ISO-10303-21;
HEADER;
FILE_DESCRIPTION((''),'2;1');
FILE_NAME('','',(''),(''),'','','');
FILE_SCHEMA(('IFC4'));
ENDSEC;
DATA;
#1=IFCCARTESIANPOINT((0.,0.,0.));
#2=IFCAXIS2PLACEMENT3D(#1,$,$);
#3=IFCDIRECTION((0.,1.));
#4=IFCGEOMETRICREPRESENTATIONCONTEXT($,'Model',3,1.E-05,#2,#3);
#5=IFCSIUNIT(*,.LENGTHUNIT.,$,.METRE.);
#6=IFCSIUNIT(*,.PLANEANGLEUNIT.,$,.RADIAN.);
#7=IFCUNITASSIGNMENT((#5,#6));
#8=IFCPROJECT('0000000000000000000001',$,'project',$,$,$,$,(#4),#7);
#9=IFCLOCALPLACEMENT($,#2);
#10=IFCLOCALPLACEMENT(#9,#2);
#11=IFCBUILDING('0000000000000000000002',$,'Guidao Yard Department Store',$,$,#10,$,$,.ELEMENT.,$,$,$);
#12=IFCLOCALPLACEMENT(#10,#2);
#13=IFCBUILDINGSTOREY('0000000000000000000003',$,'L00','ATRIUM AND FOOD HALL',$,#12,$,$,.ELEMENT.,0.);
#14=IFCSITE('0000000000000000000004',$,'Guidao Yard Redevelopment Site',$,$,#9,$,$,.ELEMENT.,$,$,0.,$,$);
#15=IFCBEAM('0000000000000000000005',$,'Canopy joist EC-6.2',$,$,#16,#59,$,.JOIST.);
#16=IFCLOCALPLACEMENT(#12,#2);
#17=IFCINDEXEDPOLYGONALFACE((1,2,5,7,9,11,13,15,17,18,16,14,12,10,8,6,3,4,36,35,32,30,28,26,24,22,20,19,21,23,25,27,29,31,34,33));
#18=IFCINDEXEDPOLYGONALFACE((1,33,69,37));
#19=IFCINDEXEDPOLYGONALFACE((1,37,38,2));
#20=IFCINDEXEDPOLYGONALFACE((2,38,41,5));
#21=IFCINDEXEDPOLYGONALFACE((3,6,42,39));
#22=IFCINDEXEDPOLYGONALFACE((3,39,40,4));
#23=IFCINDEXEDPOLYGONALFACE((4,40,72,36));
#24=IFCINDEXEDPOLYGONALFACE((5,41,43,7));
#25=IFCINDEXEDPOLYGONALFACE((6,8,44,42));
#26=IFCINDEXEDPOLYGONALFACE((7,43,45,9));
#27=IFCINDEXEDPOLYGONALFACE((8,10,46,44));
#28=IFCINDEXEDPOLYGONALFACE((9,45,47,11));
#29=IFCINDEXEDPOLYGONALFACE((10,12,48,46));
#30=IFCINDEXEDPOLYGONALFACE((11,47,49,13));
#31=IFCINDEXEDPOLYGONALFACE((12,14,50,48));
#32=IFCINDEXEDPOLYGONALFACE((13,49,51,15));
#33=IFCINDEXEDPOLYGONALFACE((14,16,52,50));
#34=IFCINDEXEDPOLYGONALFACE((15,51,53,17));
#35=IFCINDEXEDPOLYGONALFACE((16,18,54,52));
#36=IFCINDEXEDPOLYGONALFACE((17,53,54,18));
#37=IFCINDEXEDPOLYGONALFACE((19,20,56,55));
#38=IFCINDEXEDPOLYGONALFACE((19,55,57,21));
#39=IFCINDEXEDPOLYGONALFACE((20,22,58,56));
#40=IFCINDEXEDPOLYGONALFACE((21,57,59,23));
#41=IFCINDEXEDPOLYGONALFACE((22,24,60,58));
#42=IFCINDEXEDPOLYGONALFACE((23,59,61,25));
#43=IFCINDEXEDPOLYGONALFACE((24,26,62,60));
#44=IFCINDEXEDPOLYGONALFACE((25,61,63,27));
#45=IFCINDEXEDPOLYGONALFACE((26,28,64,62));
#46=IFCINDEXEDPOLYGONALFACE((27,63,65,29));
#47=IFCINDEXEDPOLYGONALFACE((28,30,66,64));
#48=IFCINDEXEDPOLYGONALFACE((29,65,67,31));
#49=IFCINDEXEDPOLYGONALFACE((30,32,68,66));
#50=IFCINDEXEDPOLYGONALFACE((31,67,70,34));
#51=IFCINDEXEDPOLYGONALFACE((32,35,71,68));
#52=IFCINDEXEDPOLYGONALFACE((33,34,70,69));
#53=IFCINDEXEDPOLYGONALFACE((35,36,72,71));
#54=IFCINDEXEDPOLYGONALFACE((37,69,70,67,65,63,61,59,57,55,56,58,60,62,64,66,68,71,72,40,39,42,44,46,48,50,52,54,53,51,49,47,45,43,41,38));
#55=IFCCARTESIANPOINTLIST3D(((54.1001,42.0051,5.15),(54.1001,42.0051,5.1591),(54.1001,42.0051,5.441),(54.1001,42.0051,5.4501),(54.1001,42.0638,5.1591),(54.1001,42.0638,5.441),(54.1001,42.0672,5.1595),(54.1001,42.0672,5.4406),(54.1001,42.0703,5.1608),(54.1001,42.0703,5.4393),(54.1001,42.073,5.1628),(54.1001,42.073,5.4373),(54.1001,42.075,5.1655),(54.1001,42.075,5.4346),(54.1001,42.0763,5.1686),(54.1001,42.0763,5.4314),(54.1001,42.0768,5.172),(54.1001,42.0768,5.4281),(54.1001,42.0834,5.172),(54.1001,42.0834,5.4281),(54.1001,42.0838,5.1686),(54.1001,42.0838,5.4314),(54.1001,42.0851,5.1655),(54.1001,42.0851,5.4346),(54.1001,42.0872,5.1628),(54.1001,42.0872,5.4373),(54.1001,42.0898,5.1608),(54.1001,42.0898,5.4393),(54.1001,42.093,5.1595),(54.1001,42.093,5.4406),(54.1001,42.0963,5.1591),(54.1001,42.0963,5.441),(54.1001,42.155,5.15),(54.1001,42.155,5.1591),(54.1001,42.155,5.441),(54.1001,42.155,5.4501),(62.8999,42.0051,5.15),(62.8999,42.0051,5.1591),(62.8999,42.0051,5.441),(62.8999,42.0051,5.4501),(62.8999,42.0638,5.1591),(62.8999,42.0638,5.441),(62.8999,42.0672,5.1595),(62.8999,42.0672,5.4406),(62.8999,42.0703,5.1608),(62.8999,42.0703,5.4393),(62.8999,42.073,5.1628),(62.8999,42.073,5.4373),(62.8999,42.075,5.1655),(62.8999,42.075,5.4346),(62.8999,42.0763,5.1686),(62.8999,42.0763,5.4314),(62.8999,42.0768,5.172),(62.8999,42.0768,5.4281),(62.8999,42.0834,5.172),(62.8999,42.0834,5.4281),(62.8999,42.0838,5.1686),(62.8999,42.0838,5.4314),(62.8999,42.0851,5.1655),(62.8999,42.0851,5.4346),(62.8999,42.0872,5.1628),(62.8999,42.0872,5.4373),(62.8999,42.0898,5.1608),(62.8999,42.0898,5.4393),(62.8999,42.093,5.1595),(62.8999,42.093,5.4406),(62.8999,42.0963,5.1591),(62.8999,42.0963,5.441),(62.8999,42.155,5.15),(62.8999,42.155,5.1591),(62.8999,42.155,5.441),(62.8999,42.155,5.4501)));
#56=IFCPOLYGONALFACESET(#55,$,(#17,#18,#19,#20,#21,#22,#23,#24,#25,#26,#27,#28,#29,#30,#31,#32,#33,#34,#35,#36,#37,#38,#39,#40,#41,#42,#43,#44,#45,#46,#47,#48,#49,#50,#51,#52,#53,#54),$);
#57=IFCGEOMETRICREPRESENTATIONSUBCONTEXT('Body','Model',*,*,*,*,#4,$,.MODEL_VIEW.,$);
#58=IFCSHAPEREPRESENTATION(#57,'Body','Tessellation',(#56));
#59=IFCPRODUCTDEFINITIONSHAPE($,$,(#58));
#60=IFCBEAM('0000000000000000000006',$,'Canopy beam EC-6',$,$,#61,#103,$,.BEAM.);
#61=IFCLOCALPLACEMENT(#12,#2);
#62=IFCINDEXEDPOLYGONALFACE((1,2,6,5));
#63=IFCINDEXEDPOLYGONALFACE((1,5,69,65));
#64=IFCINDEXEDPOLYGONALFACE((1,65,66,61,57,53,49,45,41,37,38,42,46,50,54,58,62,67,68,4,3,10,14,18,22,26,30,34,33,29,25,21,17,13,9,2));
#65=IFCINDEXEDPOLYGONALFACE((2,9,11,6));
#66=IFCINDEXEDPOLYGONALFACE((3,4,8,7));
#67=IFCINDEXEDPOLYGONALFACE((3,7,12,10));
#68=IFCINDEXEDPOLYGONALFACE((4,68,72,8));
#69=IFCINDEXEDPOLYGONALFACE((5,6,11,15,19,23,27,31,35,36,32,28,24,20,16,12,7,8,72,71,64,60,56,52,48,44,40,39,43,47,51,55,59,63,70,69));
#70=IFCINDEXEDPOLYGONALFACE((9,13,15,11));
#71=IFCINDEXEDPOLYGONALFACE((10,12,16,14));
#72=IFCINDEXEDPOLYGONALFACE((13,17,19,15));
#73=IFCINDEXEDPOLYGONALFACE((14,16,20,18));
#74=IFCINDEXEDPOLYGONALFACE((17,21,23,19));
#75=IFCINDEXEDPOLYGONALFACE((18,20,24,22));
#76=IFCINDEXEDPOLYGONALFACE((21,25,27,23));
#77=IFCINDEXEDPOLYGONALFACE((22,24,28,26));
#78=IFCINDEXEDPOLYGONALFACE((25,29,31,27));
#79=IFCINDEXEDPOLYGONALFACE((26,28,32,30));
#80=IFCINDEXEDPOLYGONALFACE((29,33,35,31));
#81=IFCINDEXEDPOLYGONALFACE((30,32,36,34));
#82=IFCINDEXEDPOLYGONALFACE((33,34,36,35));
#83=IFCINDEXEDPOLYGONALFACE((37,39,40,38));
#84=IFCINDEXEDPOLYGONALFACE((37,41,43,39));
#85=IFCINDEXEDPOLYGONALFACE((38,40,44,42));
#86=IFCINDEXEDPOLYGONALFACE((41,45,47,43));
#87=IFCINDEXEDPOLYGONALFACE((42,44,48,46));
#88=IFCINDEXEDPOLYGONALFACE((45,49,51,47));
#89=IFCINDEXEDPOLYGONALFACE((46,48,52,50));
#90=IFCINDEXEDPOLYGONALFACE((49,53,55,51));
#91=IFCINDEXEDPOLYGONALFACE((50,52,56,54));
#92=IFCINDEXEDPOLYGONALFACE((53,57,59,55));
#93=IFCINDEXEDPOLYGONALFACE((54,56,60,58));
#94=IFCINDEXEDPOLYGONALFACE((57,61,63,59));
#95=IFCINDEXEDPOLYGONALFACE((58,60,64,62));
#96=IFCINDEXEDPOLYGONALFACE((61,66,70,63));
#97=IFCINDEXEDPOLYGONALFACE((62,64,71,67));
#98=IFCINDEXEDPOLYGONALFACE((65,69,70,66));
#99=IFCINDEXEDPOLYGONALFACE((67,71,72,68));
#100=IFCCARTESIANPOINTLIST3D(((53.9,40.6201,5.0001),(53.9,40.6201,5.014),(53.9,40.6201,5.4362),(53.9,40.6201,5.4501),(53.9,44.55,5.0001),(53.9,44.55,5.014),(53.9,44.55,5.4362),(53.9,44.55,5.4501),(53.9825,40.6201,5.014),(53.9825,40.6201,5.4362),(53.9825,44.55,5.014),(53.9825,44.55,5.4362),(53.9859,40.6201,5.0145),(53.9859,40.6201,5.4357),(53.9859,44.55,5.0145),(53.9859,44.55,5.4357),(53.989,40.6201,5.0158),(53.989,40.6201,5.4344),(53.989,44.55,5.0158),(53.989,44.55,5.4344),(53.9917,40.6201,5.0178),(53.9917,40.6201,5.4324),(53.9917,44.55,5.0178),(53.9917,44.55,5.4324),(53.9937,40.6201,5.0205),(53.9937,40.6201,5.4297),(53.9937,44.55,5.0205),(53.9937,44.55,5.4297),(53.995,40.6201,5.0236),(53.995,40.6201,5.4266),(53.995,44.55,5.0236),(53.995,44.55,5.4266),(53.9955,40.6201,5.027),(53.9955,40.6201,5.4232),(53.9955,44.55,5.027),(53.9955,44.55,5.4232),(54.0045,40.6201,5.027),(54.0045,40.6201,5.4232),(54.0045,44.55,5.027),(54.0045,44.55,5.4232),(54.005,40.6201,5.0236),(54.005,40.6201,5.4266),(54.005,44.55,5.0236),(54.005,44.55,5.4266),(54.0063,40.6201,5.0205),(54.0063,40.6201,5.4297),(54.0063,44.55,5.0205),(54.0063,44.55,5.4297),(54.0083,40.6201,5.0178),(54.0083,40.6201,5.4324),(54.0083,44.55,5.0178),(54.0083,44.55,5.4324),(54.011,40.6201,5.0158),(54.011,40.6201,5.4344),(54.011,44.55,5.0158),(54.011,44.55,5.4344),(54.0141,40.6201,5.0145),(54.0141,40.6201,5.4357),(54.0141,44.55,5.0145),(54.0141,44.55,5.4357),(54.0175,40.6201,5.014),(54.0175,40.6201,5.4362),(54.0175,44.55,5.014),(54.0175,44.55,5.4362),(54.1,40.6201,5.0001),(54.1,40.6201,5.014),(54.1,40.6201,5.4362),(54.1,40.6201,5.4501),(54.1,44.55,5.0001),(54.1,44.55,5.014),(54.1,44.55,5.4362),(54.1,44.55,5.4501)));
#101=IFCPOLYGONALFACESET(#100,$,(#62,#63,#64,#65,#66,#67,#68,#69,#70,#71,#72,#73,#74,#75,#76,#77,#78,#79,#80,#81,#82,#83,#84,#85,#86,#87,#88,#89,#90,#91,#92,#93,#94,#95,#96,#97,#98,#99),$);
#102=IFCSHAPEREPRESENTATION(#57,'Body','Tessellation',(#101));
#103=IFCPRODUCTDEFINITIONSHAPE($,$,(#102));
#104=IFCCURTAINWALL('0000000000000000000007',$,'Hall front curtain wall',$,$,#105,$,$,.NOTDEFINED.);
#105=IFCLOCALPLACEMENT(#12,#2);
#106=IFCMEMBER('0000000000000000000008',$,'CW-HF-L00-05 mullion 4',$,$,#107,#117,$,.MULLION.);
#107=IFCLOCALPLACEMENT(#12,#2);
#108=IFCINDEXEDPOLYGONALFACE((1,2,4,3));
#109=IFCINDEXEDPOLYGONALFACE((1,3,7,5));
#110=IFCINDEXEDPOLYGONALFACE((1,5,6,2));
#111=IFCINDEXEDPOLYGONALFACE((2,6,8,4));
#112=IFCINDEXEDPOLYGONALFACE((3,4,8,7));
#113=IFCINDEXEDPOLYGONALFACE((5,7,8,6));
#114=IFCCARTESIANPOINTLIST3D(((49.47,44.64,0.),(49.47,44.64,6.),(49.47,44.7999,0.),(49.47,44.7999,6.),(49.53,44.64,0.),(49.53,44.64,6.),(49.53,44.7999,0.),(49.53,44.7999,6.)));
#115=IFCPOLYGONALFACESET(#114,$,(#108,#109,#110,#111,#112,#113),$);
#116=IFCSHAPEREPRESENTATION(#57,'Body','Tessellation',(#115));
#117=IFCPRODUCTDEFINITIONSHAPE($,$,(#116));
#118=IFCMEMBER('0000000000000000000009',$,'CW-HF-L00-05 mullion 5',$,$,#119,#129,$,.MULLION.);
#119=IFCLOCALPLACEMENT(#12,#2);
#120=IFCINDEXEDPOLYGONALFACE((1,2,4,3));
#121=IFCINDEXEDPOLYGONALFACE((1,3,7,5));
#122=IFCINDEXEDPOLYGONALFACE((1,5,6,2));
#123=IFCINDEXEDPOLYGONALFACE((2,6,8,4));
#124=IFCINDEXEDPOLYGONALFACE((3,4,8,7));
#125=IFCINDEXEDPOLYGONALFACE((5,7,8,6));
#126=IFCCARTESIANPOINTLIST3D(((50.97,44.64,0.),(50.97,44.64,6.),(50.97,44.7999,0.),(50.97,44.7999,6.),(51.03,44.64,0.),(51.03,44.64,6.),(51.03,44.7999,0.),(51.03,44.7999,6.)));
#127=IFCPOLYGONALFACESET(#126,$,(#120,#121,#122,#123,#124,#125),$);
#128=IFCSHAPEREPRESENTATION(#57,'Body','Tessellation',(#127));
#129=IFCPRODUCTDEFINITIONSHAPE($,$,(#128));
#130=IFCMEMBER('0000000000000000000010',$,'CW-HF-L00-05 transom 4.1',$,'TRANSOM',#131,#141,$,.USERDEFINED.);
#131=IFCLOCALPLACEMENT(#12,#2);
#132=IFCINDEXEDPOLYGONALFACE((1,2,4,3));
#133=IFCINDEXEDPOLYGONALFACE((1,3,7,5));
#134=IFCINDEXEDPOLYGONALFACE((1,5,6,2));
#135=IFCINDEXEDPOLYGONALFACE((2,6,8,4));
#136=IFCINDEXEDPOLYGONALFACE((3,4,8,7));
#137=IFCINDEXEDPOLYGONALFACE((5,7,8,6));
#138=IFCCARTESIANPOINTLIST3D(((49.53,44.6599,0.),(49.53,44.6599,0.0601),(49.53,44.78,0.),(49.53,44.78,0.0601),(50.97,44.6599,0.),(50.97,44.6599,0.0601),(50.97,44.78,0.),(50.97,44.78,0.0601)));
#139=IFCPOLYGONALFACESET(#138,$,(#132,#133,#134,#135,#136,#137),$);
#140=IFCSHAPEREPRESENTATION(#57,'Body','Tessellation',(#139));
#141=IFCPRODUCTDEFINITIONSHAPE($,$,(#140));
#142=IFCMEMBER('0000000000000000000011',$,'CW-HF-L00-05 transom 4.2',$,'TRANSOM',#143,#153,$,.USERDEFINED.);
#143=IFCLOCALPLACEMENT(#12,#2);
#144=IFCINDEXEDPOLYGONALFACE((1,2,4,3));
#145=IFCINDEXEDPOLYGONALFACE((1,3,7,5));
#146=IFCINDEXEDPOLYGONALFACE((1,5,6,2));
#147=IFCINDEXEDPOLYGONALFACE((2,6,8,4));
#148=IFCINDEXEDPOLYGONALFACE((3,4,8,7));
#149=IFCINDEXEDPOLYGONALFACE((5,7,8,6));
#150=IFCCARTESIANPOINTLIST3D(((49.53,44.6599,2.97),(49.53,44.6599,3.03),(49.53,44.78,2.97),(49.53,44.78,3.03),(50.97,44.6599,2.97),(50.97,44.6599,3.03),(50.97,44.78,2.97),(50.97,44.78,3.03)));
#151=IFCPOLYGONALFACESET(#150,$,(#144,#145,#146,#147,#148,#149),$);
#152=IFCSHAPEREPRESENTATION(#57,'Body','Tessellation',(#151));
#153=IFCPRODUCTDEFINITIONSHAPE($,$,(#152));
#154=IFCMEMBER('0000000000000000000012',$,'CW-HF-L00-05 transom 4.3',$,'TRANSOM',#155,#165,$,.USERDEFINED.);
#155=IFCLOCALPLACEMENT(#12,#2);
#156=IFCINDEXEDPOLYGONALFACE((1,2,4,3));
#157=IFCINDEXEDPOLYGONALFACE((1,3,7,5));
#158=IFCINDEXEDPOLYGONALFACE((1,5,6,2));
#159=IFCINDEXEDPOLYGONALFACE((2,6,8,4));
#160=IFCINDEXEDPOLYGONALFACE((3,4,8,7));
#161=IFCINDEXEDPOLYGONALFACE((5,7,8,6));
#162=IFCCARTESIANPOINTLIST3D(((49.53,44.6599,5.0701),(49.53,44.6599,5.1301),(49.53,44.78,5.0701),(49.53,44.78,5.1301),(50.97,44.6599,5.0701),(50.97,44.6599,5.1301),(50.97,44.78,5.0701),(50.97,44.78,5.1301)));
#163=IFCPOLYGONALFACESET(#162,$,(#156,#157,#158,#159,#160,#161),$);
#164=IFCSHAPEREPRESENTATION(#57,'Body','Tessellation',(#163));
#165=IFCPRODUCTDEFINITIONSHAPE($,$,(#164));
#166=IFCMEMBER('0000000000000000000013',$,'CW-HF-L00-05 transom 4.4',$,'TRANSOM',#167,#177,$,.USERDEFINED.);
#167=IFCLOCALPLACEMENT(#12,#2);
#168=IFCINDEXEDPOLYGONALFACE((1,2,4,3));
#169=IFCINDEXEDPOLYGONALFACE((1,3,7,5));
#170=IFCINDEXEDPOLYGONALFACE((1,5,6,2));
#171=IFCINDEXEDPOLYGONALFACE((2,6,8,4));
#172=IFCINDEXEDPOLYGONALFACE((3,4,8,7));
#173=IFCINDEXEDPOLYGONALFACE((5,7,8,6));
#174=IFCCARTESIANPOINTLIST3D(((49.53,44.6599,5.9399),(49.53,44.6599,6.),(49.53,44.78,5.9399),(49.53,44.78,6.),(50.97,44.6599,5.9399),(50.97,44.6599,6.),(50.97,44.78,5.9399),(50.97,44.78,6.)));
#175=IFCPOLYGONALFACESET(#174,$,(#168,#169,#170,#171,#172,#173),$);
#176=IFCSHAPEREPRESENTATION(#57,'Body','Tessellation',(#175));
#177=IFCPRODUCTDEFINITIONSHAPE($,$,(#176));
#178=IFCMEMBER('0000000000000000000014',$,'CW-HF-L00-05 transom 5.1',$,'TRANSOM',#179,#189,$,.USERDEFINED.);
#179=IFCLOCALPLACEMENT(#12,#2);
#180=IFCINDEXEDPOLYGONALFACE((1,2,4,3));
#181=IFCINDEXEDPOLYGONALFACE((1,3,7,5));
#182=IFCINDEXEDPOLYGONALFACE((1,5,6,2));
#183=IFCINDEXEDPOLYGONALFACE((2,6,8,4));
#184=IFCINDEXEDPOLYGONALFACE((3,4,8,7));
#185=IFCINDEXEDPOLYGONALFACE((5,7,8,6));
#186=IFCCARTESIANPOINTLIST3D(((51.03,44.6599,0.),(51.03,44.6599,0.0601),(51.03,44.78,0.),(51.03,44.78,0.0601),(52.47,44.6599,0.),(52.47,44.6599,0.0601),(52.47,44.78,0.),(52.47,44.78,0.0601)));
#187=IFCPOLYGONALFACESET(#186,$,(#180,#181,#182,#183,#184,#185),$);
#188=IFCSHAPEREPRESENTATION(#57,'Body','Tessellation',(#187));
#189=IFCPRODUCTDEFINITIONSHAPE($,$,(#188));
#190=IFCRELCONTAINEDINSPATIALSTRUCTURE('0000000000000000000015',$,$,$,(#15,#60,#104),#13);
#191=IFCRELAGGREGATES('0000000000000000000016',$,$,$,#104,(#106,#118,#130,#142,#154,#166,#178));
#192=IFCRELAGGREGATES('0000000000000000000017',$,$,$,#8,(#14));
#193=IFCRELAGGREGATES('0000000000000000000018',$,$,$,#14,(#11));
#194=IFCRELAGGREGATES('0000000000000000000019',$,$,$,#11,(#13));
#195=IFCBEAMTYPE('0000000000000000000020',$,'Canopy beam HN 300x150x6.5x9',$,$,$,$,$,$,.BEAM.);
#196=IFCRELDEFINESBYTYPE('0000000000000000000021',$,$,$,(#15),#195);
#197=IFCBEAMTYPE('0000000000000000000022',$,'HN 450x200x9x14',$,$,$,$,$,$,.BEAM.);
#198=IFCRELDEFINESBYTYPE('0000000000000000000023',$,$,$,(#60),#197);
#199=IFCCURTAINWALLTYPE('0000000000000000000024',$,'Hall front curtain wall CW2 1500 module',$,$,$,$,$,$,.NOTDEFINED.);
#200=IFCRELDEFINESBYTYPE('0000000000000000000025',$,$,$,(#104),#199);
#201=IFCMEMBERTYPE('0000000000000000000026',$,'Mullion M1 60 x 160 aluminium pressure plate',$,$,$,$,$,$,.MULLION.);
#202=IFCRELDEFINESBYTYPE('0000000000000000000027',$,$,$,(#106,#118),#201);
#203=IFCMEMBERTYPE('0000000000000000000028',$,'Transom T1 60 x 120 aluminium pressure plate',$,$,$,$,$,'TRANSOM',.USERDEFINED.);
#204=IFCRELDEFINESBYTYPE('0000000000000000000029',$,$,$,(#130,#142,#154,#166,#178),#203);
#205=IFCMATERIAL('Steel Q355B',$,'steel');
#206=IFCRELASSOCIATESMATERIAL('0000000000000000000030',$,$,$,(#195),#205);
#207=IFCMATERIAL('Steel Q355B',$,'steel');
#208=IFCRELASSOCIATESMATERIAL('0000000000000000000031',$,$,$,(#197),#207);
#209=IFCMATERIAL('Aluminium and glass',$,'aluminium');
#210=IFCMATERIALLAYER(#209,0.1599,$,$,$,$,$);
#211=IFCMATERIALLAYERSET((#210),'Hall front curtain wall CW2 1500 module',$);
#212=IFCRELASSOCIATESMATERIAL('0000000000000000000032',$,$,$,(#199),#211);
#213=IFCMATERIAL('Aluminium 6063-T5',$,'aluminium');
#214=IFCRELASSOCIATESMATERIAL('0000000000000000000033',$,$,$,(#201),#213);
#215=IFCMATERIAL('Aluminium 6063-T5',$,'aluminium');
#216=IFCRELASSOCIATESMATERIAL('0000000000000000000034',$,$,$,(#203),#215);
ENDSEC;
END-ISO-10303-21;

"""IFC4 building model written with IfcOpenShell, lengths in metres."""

from ifc_helpers import new_model, si_unit, direction, frame, origin, origin_2d, place, context, subcontext, project, spatial, rectangle, i_section, extrude, material, layer, layer_set, material_profile, profile_set, type_object, element, aggregate, save


model = new_model("IFC4")

# Units and contexts
model_context = context("Model", 3, precision=1e-05, world=origin(), true_north=direction((0.0, 1.0)))
body_context = subcontext(model_context, "Body", "Model", "MODEL_VIEW")
ifc_project = project(units=[si_unit("LENGTHUNIT", "METRE"), si_unit("PLANEANGLEUNIT", "RADIAN")], contexts=[model_context])

# Site, building, storey
site_placement = place(None, origin())
site = spatial("IfcSite", under=ifc_project, at=site_placement, Name="Guidao Yard Redevelopment Site", CompositionType="ELEMENT", RefElevation=0.0)
building_placement = place(site_placement, origin())
building = spatial("IfcBuilding", under=site, at=building_placement, Name="Guidao Yard Department Store", CompositionType="ELEMENT")
storey_placement = place(building_placement, origin())
storey = spatial("IfcBuildingStorey", under=building, at=storey_placement, Name="L00", Description="ATRIUM AND FOOD HALL", CompositionType="ELEMENT", Elevation=0.0)

# Beams
ifc_material_1 = material(Name="Steel Q355B", Category="steel")
ifc_material_profile_1 = material_profile(ifc_material_1, i_section(OverallWidth=0.1499, OverallDepth=0.3, WebThickness=0.0066, FlangeThickness=0.009, FilletRadius=0.0129, at=origin_2d()), Name="HN 300x150x6.5x9")
ifc_profile_set_1 = profile_set([ifc_material_profile_1], Name="Steel Q355B")
beam_type_1 = type_object("IfcBeamType", Name="Canopy beam HN 300x150x6.5x9", PredefinedType="BEAM", material=ifc_profile_set_1)
for number, where, z_axis, x_axis, name in (
    (1, (54.1001, 42.0801, 5.3), (1.0, 0.0, 0.0), (0.0, 1.0, 0.0), "Canopy joist EC-6.2"),
):
    element("IfcBeam", number, at=place(storey_placement, frame(where, z_axis=z_axis, x_axis=x_axis)), inside=storey, type_object=beam_type_1, Name=name, PredefinedType="JOIST", context=body_context, shape_type="SweptSolid", body=[
        extrude(i_section(OverallWidth=0.1499, OverallDepth=0.3, WebThickness=0.0066, FlangeThickness=0.009, FilletRadius=0.0129, at=origin_2d()), origin(), (0.0, 0.0, 1.0), 8.7998),
    ])
ifc_material_2 = material(Name="Steel Q355B", Category="steel")
ifc_material_profile_2 = material_profile(ifc_material_2, i_section(OverallWidth=0.2, OverallDepth=0.45, WebThickness=0.009, FlangeThickness=0.0139, FilletRadius=0.0129, at=origin_2d()), Name="HN 450x200x9x14")
ifc_profile_set_2 = profile_set([ifc_material_profile_2], Name="Steel Q355B")
beam_type_2 = type_object("IfcBeamType", Name="HN 450x200x9x14", PredefinedType="BEAM", material=ifc_profile_set_2)
beam_1_placement = place(storey_placement, frame((54.0, 40.6201, 5.2251), z_axis=(0.0, 1.0, 0.0), x_axis=(-1.0, 0.0, 0.0)))
element("IfcBeam", 2, at=beam_1_placement, inside=storey, type_object=beam_type_2, Name="Canopy beam EC-6", PredefinedType="BEAM", context=body_context, shape_type="SweptSolid", body=[
    extrude(i_section(OverallWidth=0.2, OverallDepth=0.45, WebThickness=0.009, FlangeThickness=0.0139, FilletRadius=0.0129, at=origin_2d()), origin(), (0.0, 0.0, 1.0), 3.9299),
])

# Curtain wall, members
ifc_material_3 = material(Name="Aluminium and glass", Category="aluminium")
ifc_layer_1 = layer(ifc_material_3, 0.1599)
ifc_layer_set_1 = layer_set([ifc_layer_1], Name="Hall front curtain wall CW2 1500 module")
curtain_wall_type = type_object("IfcCurtainWallType", Name="Hall front curtain wall CW2 1500 module", PredefinedType="NOTDEFINED", material=ifc_layer_set_1)
curtain_wall_placement = place(storey_placement, origin())
curtain_wall = element("IfcCurtainWall", 3, at=curtain_wall_placement, inside=storey, type_object=curtain_wall_type, Name="Hall front curtain wall", PredefinedType="NOTDEFINED")
ifc_material_4 = material(Name="Aluminium 6063-T5", Category="aluminium")
ifc_material_profile_3 = material_profile(ifc_material_4, rectangle(XDim=0.0601, YDim=0.1599, at=origin_2d()), Name="Mullion M1 60 x 160 aluminium pressure plate")
ifc_profile_set_3 = profile_set([ifc_material_profile_3], Name="Aluminium 6063-T5")
member_type_1 = type_object("IfcMemberType", Name="Mullion M1 60 x 160 aluminium pressure plate", PredefinedType="MULLION", material=ifc_profile_set_3)
member_1_placement = place(storey_placement, frame((49.5, 44.72, 0.0), z_axis=(0.0, 0.0, 1.0), x_axis=(-1.0, 0.0, 0.0)))
member_1 = element("IfcMember", 4, at=member_1_placement, type_object=member_type_1, Name="CW-HF-L00-05 mullion 4", PredefinedType="MULLION", context=body_context, shape_type="SweptSolid", body=[
    extrude(rectangle(XDim=0.0601, YDim=0.1599, at=origin_2d()), origin(), (0.0, 0.0, 1.0), 6.0),
])
member_2_placement = place(storey_placement, frame((51.0, 44.72, 0.0), z_axis=(0.0, 0.0, 1.0), x_axis=(-1.0, 0.0, 0.0)))
member_2 = element("IfcMember", 5, at=member_2_placement, type_object=member_type_1, Name="CW-HF-L00-05 mullion 5", PredefinedType="MULLION", context=body_context, shape_type="SweptSolid", body=[
    extrude(rectangle(XDim=0.0601, YDim=0.1599, at=origin_2d()), origin(), (0.0, 0.0, 1.0), 6.0),
])
ifc_material_5 = material(Name="Aluminium 6063-T5", Category="aluminium")
ifc_material_profile_4 = material_profile(ifc_material_5, rectangle(XDim=0.1201, YDim=0.0601, at=origin_2d()), Name="Transom T1 60 x 120 aluminium pressure plate")
ifc_profile_set_4 = profile_set([ifc_material_profile_4], Name="Aluminium 6063-T5")
member_type_2 = type_object("IfcMemberType", Name="Transom T1 60 x 120 aluminium pressure plate", ElementType="TRANSOM", PredefinedType="USERDEFINED", material=ifc_profile_set_4)
member_3_placement = place(storey_placement, frame((50.97, 44.72, 0.03), z_axis=(-1.0, 0.0, 0.0), x_axis=(0.0, -1.0, 0.0)))
member_3 = element("IfcMember", 6, at=member_3_placement, type_object=member_type_2, Name="CW-HF-L00-05 transom 4.1", ObjectType="TRANSOM", PredefinedType="USERDEFINED", context=body_context, shape_type="SweptSolid", body=[
    extrude(rectangle(XDim=0.1201, YDim=0.0601, at=origin_2d()), origin(), (0.0, 0.0, 1.0), 1.4399),
])
member_4_placement = place(storey_placement, frame((50.97, 44.72, 3.0), z_axis=(-1.0, 0.0, 0.0), x_axis=(0.0, -1.0, 0.0)))
member_4 = element("IfcMember", 7, at=member_4_placement, type_object=member_type_2, Name="CW-HF-L00-05 transom 4.2", ObjectType="TRANSOM", PredefinedType="USERDEFINED", context=body_context, shape_type="SweptSolid", body=[
    extrude(rectangle(XDim=0.1201, YDim=0.0601, at=origin_2d()), origin(), (0.0, 0.0, 1.0), 1.4399),
])
member_5_placement = place(storey_placement, frame((50.97, 44.72, 5.1001), z_axis=(-1.0, 0.0, 0.0), x_axis=(0.0, -1.0, 0.0)))
member_5 = element("IfcMember", 8, at=member_5_placement, type_object=member_type_2, Name="CW-HF-L00-05 transom 4.3", ObjectType="TRANSOM", PredefinedType="USERDEFINED", context=body_context, shape_type="SweptSolid", body=[
    extrude(rectangle(XDim=0.1201, YDim=0.0601, at=origin_2d()), origin(), (0.0, 0.0, 1.0), 1.4399),
])
member_6_placement = place(storey_placement, frame((50.97, 44.72, 5.97), z_axis=(-1.0, 0.0, 0.0), x_axis=(0.0, -1.0, 0.0)))
member_6 = element("IfcMember", 9, at=member_6_placement, type_object=member_type_2, Name="CW-HF-L00-05 transom 4.4", ObjectType="TRANSOM", PredefinedType="USERDEFINED", context=body_context, shape_type="SweptSolid", body=[
    extrude(rectangle(XDim=0.1201, YDim=0.0601, at=origin_2d()), origin(), (0.0, 0.0, 1.0), 1.4399),
])
member_7_placement = place(storey_placement, frame((52.47, 44.72, 0.03), z_axis=(-1.0, 0.0, 0.0), x_axis=(0.0, -1.0, 0.0)))
member_7 = element("IfcMember", 10, at=member_7_placement, type_object=member_type_2, Name="CW-HF-L00-05 transom 5.1", ObjectType="TRANSOM", PredefinedType="USERDEFINED", context=body_context, shape_type="SweptSolid", body=[
    extrude(rectangle(XDim=0.1201, YDim=0.0601, at=origin_2d()), origin(), (0.0, 0.0, 1.0), 1.4399),
])

aggregate(curtain_wall, [member_1, member_2, member_3, member_4, member_5, member_6, member_7])

save(model, "model.ifc")
